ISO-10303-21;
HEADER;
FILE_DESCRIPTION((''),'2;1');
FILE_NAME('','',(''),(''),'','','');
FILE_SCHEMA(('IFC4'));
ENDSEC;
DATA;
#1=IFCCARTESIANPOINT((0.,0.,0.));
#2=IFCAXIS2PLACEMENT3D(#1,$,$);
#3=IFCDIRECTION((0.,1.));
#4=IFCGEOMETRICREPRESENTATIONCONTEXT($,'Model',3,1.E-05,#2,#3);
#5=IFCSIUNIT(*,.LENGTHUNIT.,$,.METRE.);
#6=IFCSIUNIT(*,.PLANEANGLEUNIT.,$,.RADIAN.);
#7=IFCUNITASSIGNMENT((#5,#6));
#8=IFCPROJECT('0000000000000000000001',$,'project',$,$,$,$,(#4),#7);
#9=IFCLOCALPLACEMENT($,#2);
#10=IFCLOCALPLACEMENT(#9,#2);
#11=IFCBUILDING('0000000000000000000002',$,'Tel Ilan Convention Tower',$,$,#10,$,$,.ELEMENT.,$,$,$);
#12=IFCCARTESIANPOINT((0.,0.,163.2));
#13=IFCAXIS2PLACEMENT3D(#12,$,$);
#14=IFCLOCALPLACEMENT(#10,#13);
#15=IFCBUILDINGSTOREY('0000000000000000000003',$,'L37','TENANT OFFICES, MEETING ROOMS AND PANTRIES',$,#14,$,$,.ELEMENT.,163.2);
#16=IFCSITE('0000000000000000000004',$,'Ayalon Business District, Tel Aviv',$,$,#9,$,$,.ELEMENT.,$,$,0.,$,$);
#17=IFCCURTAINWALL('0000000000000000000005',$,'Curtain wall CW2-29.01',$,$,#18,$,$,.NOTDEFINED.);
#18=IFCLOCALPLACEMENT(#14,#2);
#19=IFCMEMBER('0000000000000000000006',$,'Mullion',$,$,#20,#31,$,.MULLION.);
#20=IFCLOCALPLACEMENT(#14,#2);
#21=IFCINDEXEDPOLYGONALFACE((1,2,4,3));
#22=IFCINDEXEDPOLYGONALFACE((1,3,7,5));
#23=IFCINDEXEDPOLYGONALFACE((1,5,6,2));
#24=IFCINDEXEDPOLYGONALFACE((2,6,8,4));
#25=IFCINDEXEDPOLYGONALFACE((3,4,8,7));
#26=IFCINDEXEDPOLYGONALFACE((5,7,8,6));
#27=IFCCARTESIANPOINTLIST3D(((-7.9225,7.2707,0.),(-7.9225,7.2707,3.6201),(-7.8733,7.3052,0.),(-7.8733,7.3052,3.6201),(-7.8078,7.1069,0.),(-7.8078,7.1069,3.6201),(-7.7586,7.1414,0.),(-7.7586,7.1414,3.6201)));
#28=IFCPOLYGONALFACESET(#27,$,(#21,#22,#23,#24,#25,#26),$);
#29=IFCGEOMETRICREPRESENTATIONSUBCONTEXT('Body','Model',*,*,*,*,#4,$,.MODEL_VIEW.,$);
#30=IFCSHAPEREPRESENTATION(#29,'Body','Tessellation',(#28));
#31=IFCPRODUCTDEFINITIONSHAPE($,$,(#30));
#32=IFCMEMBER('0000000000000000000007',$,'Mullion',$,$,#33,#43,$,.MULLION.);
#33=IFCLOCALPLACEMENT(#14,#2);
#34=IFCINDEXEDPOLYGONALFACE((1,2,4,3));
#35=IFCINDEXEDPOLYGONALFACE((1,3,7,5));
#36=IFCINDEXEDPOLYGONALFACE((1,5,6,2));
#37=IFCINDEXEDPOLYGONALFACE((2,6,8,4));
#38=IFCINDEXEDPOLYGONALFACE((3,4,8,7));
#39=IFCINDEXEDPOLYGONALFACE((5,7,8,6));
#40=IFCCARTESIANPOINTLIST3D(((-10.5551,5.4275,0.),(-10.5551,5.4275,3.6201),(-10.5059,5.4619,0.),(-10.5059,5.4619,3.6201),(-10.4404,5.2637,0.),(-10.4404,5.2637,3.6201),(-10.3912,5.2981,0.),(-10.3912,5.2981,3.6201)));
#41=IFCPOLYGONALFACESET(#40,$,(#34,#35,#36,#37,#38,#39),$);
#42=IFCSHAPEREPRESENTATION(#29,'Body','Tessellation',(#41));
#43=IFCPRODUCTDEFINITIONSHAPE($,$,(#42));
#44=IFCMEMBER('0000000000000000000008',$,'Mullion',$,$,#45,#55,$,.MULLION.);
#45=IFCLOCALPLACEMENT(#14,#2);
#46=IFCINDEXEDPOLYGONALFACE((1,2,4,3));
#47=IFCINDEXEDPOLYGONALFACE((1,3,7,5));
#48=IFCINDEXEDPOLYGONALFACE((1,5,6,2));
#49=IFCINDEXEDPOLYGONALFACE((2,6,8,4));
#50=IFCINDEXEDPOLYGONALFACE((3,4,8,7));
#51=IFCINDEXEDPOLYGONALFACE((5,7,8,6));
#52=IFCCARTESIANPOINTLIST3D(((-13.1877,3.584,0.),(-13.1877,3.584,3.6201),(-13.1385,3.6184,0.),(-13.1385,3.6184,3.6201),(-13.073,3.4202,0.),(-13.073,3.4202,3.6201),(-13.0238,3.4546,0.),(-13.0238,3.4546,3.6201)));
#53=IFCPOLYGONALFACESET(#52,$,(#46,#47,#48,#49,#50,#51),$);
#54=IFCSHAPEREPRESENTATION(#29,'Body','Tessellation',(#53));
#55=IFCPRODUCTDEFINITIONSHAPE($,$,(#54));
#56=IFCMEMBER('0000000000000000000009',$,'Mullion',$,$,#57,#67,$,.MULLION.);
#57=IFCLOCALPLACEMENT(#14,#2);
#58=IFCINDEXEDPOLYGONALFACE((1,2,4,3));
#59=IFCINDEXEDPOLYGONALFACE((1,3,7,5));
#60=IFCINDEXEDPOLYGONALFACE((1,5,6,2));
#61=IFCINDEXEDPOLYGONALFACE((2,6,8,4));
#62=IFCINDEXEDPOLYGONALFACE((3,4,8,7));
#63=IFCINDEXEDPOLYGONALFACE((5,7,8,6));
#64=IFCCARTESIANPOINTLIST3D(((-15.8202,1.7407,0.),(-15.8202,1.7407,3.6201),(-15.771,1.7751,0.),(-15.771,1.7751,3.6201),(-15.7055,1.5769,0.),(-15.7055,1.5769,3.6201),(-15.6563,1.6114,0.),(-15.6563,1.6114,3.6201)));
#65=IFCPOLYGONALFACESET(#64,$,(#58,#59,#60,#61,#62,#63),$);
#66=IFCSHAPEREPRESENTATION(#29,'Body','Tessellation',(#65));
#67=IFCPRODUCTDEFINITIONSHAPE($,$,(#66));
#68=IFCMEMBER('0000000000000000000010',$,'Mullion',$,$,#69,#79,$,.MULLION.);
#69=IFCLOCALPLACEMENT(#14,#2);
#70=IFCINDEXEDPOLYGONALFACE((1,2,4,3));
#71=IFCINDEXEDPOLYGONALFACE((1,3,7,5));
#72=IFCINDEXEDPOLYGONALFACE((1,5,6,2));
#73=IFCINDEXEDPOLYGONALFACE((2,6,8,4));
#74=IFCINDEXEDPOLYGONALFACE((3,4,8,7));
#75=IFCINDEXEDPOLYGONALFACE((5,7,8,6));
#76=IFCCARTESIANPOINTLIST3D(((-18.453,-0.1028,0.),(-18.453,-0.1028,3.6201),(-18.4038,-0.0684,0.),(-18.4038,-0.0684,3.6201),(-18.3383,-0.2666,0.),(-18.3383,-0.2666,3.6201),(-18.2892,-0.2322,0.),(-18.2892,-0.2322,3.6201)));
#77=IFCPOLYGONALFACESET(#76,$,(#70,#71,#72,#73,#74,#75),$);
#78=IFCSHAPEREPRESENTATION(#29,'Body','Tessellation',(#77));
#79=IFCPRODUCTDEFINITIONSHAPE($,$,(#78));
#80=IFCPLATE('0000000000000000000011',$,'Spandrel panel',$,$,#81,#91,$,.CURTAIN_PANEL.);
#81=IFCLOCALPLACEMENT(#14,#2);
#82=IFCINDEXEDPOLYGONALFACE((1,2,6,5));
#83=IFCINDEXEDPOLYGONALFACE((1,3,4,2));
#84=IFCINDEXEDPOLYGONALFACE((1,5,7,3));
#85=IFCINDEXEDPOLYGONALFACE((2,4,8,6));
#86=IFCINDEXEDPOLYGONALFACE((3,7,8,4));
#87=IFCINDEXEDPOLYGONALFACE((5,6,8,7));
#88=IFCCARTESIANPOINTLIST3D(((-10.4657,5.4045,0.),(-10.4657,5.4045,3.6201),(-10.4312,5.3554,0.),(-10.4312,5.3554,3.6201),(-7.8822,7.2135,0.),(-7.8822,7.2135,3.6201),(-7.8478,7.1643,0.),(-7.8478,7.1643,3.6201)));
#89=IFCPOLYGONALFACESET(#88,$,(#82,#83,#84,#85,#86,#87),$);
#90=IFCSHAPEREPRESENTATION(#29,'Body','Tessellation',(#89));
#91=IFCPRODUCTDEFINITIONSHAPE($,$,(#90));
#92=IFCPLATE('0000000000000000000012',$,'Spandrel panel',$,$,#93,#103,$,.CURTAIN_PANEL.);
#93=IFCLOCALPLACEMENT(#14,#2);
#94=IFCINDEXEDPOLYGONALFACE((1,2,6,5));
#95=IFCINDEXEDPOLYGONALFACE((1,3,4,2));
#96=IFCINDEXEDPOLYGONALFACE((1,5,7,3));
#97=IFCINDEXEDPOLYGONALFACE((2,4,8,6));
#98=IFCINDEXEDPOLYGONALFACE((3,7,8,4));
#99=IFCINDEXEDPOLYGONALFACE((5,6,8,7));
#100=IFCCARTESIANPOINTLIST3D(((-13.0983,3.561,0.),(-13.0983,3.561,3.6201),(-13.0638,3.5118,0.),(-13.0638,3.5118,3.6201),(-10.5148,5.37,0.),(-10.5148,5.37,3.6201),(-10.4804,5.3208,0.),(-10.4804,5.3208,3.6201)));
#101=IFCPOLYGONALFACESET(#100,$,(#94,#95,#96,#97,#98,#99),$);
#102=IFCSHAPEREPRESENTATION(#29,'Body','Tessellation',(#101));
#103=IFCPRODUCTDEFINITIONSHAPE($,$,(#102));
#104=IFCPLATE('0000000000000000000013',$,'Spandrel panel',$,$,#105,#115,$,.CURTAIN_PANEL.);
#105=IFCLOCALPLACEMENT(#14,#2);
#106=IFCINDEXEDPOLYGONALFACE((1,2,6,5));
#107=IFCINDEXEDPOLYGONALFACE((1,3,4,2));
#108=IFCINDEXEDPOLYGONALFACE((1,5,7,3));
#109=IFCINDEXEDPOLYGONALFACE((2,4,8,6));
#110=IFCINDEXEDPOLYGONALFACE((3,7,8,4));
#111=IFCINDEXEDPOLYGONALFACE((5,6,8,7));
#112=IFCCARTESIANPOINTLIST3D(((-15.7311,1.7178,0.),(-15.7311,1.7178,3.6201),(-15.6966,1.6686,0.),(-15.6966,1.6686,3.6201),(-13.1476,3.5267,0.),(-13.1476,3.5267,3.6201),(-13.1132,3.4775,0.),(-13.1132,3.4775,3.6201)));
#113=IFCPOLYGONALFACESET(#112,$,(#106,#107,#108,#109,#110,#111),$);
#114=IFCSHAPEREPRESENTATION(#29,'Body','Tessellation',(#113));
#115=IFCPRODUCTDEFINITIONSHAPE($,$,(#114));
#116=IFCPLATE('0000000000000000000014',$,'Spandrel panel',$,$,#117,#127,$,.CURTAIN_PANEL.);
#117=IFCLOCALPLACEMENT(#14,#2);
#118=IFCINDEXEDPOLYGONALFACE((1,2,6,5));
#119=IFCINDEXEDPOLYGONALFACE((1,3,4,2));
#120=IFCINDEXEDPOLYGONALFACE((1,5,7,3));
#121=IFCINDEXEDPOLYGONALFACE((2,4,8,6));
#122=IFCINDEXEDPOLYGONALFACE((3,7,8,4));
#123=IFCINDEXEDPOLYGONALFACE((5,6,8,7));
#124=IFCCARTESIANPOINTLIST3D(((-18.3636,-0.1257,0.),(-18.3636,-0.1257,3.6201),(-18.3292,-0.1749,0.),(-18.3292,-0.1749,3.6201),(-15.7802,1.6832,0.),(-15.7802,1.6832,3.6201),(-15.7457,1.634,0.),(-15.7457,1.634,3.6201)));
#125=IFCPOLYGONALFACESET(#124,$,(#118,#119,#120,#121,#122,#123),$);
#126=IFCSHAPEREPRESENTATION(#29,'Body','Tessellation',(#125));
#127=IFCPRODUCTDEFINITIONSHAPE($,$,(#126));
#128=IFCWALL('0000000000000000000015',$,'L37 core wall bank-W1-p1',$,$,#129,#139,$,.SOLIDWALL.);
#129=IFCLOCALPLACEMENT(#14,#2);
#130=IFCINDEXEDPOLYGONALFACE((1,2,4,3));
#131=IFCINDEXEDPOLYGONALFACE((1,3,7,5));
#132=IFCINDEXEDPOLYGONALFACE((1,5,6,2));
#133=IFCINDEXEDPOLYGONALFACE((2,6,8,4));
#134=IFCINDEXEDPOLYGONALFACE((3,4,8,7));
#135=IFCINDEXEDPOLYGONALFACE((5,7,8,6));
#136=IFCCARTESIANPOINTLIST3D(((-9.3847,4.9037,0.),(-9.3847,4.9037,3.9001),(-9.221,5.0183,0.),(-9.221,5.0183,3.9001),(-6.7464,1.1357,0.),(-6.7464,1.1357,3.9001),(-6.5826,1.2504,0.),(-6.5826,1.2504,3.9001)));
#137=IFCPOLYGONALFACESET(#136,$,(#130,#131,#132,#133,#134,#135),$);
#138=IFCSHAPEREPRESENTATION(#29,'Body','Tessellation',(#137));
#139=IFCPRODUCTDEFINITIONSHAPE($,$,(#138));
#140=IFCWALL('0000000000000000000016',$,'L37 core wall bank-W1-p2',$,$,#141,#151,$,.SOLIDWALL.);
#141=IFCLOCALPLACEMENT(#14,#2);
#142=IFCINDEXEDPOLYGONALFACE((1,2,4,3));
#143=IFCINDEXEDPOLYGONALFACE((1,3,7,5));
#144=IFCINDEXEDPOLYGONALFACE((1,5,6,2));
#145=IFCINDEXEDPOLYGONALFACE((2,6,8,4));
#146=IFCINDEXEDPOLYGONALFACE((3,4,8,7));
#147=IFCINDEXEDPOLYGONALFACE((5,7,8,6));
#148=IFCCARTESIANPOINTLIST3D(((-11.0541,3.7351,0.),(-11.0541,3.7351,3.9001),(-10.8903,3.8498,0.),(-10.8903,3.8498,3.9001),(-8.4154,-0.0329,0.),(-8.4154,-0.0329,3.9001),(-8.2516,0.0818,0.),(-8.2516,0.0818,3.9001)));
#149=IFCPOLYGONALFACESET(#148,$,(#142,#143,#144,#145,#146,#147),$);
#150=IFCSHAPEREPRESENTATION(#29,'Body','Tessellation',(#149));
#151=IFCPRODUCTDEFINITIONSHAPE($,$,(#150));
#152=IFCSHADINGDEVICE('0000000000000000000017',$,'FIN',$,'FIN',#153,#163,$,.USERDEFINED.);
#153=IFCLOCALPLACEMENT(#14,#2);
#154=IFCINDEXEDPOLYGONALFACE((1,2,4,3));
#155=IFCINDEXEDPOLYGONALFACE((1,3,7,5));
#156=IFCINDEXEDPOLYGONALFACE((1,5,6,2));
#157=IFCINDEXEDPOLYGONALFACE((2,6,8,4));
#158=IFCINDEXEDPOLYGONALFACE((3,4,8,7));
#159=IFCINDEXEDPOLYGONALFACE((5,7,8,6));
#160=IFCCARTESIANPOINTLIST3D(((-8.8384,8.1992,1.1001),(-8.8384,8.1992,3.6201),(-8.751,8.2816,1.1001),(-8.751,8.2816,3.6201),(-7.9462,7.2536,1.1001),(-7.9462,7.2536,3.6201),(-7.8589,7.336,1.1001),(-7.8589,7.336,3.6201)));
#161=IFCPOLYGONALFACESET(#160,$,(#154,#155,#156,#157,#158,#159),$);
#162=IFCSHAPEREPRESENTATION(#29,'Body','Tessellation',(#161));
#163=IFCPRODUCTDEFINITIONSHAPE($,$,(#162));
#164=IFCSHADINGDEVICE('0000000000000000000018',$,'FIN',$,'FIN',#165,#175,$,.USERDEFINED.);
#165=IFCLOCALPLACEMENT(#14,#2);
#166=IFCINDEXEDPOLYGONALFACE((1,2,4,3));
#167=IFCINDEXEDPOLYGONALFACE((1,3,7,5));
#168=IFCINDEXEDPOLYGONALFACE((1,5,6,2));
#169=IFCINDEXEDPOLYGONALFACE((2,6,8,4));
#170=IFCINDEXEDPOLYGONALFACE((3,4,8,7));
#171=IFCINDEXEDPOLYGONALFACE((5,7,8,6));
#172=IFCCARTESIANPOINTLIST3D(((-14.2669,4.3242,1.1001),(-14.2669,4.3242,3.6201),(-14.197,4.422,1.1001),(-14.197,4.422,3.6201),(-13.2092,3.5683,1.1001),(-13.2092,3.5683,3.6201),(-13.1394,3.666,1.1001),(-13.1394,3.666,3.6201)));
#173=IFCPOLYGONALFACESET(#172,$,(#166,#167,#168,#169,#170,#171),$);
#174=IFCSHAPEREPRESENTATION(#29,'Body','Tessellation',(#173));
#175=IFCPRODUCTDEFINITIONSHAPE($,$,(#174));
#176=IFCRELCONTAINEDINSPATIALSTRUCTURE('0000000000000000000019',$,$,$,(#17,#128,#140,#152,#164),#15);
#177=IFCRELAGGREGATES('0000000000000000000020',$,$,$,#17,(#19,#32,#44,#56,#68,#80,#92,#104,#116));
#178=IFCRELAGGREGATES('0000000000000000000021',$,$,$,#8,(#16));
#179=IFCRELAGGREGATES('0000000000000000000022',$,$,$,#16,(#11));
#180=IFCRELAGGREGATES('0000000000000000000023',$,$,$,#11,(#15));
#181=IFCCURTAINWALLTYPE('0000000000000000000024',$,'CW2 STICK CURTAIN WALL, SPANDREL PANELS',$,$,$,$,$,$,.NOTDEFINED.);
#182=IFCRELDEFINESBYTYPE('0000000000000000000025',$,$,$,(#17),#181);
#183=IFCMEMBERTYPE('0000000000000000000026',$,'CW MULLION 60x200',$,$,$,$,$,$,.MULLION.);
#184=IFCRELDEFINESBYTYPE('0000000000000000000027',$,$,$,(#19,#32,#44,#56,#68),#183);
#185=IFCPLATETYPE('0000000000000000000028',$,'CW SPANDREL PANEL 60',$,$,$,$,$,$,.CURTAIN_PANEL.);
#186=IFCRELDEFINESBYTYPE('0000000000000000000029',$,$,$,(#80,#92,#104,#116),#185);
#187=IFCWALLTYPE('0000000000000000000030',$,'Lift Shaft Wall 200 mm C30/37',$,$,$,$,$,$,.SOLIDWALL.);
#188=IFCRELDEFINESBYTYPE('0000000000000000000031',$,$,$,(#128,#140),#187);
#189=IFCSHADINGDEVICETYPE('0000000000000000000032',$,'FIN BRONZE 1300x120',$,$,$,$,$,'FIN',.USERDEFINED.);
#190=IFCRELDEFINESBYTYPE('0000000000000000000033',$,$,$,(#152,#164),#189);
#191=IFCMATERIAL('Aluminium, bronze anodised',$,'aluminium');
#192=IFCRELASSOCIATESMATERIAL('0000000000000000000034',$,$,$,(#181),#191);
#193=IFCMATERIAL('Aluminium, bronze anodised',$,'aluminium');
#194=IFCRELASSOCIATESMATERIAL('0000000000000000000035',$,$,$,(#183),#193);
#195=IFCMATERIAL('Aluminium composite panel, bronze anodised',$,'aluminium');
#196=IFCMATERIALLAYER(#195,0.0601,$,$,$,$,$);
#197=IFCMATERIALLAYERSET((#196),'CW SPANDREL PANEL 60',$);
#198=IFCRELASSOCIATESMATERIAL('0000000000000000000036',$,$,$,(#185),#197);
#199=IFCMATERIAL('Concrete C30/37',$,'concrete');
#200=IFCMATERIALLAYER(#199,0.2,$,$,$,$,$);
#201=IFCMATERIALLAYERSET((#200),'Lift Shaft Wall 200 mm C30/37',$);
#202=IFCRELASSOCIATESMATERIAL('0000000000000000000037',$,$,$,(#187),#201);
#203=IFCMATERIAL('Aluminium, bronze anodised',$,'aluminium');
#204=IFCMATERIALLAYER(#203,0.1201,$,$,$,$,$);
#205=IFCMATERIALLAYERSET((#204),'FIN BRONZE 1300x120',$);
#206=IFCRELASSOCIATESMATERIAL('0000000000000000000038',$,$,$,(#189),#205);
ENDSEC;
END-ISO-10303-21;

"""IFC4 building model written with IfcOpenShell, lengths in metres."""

from ifc_helpers import new_model, si_unit, direction, frame, frame_2d, origin, origin_2d, place, context, subcontext, project, spatial, rectangle, extrude, material, layer, layer_set, material_profile, profile_set, type_object, element, aggregate, save


model = new_model("IFC4")

# Units and contexts
model_context = context("Model", 3, precision=1e-05, world=origin(), true_north=direction((0.0, 1.0)))
body_context = subcontext(model_context, "Body", "Model", "MODEL_VIEW")
ifc_project = project(units=[si_unit("LENGTHUNIT", "METRE"), si_unit("PLANEANGLEUNIT", "RADIAN")], contexts=[model_context])

# Site, building, storey
site_placement = place(None, origin())
site = spatial("IfcSite", under=ifc_project, at=site_placement, Name="Ayalon Business District, Tel Aviv", CompositionType="ELEMENT", RefElevation=0.0)
building_placement = place(site_placement, origin())
building = spatial("IfcBuilding", under=site, at=building_placement, Name="Tel Ilan Convention Tower", CompositionType="ELEMENT")
storey_placement = place(building_placement, frame((0.0, 0.0, 163.2)))
storey = spatial("IfcBuildingStorey", under=building, at=storey_placement, Name="L37", Description="TENANT OFFICES, MEETING ROOMS AND PANTRIES", CompositionType="ELEMENT", Elevation=163.2)

# Curtain wall, members, plates
ifc_material_1 = material(Name="Aluminium, bronze anodised", Category="aluminium")
curtain_wall_type = type_object("IfcCurtainWallType", Name="CW2 STICK CURTAIN WALL, SPANDREL PANELS", PredefinedType="NOTDEFINED", material=ifc_material_1)
curtain_wall_placement = place(storey_placement, origin())
curtain_wall = element("IfcCurtainWall", 1, at=curtain_wall_placement, inside=storey, type_object=curtain_wall_type, Name="Curtain wall CW2-29.01", PredefinedType="NOTDEFINED")
ifc_material_2 = material(Name="Aluminium, bronze anodised", Category="aluminium")
ifc_material_profile = material_profile(ifc_material_2, rectangle(XDim=0.0601, YDim=0.2, at=origin_2d()), Name="CW MULLION 60x200")
ifc_profile_set = profile_set([ifc_material_profile], Name="Aluminium, bronze anodised")
member_type = type_object("IfcMemberType", Name="CW MULLION 60x200", PredefinedType="MULLION", material=ifc_profile_set)
member_1_placement = place(storey_placement, frame((-7.8406, 7.2061, 0.0), z_axis=(0.0, 0.0, 1.0), x_axis=(-0.819152, -0.573576, 0.0)))
member_1 = element("IfcMember", 2, at=member_1_placement, type_object=member_type, Name="Mullion", PredefinedType="MULLION", context=body_context, shape_type="SweptSolid", body=[
    extrude(rectangle(XDim=0.0601, YDim=0.2, at=origin_2d()), origin(), (0.0, 0.0, 1.0), 3.6201),
])
member_2_placement = place(storey_placement, frame((-10.4731, 5.3628, 0.0), z_axis=(0.0, 0.0, 1.0), x_axis=(-0.819152, -0.573576, 0.0)))
member_2 = element("IfcMember", 3, at=member_2_placement, type_object=member_type, Name="Mullion", PredefinedType="MULLION", context=body_context, shape_type="SweptSolid", body=[
    extrude(rectangle(XDim=0.0601, YDim=0.2, at=origin_2d()), origin(), (0.0, 0.0, 1.0), 3.6201),
])
member_3_placement = place(storey_placement, frame((-13.1057, 3.5193, 0.0), z_axis=(0.0, 0.0, 1.0), x_axis=(-0.819152, -0.573576, 0.0)))
member_3 = element("IfcMember", 4, at=member_3_placement, type_object=member_type, Name="Mullion", PredefinedType="MULLION", context=body_context, shape_type="SweptSolid", body=[
    extrude(rectangle(XDim=0.0601, YDim=0.2, at=origin_2d()), origin(), (0.0, 0.0, 1.0), 3.6201),
])
member_4_placement = place(storey_placement, frame((-15.7383, 1.676, 0.0), z_axis=(0.0, 0.0, 1.0), x_axis=(-0.819152, -0.573576, 0.0)))
member_4 = element("IfcMember", 5, at=member_4_placement, type_object=member_type, Name="Mullion", PredefinedType="MULLION", context=body_context, shape_type="SweptSolid", body=[
    extrude(rectangle(XDim=0.0601, YDim=0.2, at=origin_2d()), origin(), (0.0, 0.0, 1.0), 3.6201),
])
member_5_placement = place(storey_placement, frame((-18.3711, -0.1675, 0.0), z_axis=(0.0, 0.0, 1.0), x_axis=(-0.819152, -0.573576, 0.0)))
member_5 = element("IfcMember", 6, at=member_5_placement, type_object=member_type, Name="Mullion", PredefinedType="MULLION", context=body_context, shape_type="SweptSolid", body=[
    extrude(rectangle(XDim=0.0601, YDim=0.2, at=origin_2d()), origin(), (0.0, 0.0, 1.0), 3.6201),
])
ifc_material_3 = material(Name="Aluminium composite panel, bronze anodised", Category="aluminium")
ifc_layer_1 = layer(ifc_material_3, 0.0601)
ifc_layer_set_1 = layer_set([ifc_layer_1], Name="CW SPANDREL PANEL 60")
plate_type = type_object("IfcPlateType", Name="CW SPANDREL PANEL 60", PredefinedType="CURTAIN_PANEL", material=ifc_layer_set_1)
plate_1_placement = place(storey_placement, frame((-9.1567, 6.2844, 0.0), z_axis=(0.0, 0.0, 1.0), x_axis=(-0.819152, -0.573576, 0.0)))
plate_1 = element("IfcPlate", 7, at=plate_1_placement, type_object=plate_type, Name="Spandrel panel", PredefinedType="CURTAIN_PANEL", context=body_context, shape_type="SweptSolid", body=[
    extrude(rectangle(XDim=3.1538, YDim=0.0601, at=origin_2d()), origin(), (0.0, 0.0, 1.0), 3.6201),
])
plate_2_placement = place(storey_placement, frame((-11.7893, 4.4409, 0.0), z_axis=(0.0, 0.0, 1.0), x_axis=(-0.819152, -0.573576, 0.0)))
plate_2 = element("IfcPlate", 8, at=plate_2_placement, type_object=plate_type, Name="Spandrel panel", PredefinedType="CURTAIN_PANEL", context=body_context, shape_type="SweptSolid", body=[
    extrude(rectangle(XDim=3.1538, YDim=0.0601, at=origin_2d()), origin(), (0.0, 0.0, 1.0), 3.6201),
])
plate_3_placement = place(storey_placement, frame((-14.4221, 2.5977, 0.0), z_axis=(0.0, 0.0, 1.0), x_axis=(-0.819152, -0.573576, 0.0)))
plate_3 = element("IfcPlate", 9, at=plate_3_placement, type_object=plate_type, Name="Spandrel panel", PredefinedType="CURTAIN_PANEL", context=body_context, shape_type="SweptSolid", body=[
    extrude(rectangle(XDim=3.1538, YDim=0.0601, at=origin_2d()), origin(), (0.0, 0.0, 1.0), 3.6201),
])
plate_4_placement = place(storey_placement, frame((-17.0547, 0.7542, 0.0), z_axis=(0.0, 0.0, 1.0), x_axis=(-0.819152, -0.573576, 0.0)))
plate_4 = element("IfcPlate", 10, at=plate_4_placement, type_object=plate_type, Name="Spandrel panel", PredefinedType="CURTAIN_PANEL", context=body_context, shape_type="SweptSolid", body=[
    extrude(rectangle(XDim=3.1538, YDim=0.0601, at=origin_2d()), origin(), (0.0, 0.0, 1.0), 3.6201),
])
aggregate(curtain_wall, [member_1, member_2, member_3, member_4, member_5, plate_1, plate_2, plate_3, plate_4])

# Walls
ifc_material_4 = material(Name="Concrete C30/37", Category="concrete")
ifc_layer_2 = layer(ifc_material_4, 0.2)
ifc_layer_set_2 = layer_set([ifc_layer_2], Name="Lift Shaft Wall 200 mm C30/37")
wall_type = type_object("IfcWallType", Name="Lift Shaft Wall 200 mm C30/37", PredefinedType="SOLIDWALL", material=ifc_layer_set_2)
wall_1_placement = place(storey_placement, frame((-6.6646, 1.1931, 0.0), z_axis=(0.0, 0.0, 1.0), x_axis=(-0.573576, 0.819152, 0.0)))
element("IfcWall", 11, at=wall_1_placement, inside=storey, type_object=wall_type, Name="L37 core wall bank-W1-p1", PredefinedType="SOLIDWALL", context=body_context, shape_type="SweptSolid", body=[
    extrude(rectangle(XDim=4.5999, YDim=0.2, at=frame_2d((2.2998, 0.0))), origin(), (0.0, 0.0, 1.0), 3.9001),
])
wall_2_placement = place(storey_placement, frame((-8.3335, 0.0244, 0.0), z_axis=(0.0, 0.0, 1.0), x_axis=(-0.573612, 0.819127, 0.0)))
element("IfcWall", 12, at=wall_2_placement, inside=storey, type_object=wall_type, Name="L37 core wall bank-W1-p2", PredefinedType="SOLIDWALL", context=body_context, shape_type="SweptSolid", body=[
    extrude(rectangle(XDim=4.6001, YDim=0.2, at=frame_2d((2.3, 0.0))), origin(), (0.0, 0.0, 1.0), 3.9001),
])

# Shading devices
ifc_material_5 = material(Name="Aluminium, bronze anodised", Category="aluminium")
ifc_layer_3 = layer(ifc_material_5, 0.1201)
ifc_layer_set_3 = layer_set([ifc_layer_3], Name="FIN BRONZE 1300x120")
shading_device_type = type_object("IfcShadingDeviceType", Name="FIN BRONZE 1300x120", ElementType="FIN", PredefinedType="USERDEFINED", material=ifc_layer_set_3)
for number, where, z_axis, x_axis, name in (
    (13, (-8.3486, 7.7676, 1.1001), (0.0, 0.0, 1.0), (-0.686242, 0.727374, 0.0), "FIN"),
    (14, (-13.7031, 3.9951, 1.1001), (0.0, 0.0, 1.0), (-0.813552, 0.581492, 0.0), "FIN"),
):
    element("IfcShadingDevice", number, at=place(storey_placement, frame(where, z_axis=z_axis, x_axis=x_axis)), inside=storey, type_object=shading_device_type, Name=name, ObjectType="FIN", PredefinedType="USERDEFINED", context=body_context, shape_type="SweptSolid", body=[
        extrude(rectangle(XDim=1.3, YDim=0.1201, at=origin_2d()), origin(), (0.0, 0.0, 1.0), 2.52),
    ])

save(model, "model.ifc")
